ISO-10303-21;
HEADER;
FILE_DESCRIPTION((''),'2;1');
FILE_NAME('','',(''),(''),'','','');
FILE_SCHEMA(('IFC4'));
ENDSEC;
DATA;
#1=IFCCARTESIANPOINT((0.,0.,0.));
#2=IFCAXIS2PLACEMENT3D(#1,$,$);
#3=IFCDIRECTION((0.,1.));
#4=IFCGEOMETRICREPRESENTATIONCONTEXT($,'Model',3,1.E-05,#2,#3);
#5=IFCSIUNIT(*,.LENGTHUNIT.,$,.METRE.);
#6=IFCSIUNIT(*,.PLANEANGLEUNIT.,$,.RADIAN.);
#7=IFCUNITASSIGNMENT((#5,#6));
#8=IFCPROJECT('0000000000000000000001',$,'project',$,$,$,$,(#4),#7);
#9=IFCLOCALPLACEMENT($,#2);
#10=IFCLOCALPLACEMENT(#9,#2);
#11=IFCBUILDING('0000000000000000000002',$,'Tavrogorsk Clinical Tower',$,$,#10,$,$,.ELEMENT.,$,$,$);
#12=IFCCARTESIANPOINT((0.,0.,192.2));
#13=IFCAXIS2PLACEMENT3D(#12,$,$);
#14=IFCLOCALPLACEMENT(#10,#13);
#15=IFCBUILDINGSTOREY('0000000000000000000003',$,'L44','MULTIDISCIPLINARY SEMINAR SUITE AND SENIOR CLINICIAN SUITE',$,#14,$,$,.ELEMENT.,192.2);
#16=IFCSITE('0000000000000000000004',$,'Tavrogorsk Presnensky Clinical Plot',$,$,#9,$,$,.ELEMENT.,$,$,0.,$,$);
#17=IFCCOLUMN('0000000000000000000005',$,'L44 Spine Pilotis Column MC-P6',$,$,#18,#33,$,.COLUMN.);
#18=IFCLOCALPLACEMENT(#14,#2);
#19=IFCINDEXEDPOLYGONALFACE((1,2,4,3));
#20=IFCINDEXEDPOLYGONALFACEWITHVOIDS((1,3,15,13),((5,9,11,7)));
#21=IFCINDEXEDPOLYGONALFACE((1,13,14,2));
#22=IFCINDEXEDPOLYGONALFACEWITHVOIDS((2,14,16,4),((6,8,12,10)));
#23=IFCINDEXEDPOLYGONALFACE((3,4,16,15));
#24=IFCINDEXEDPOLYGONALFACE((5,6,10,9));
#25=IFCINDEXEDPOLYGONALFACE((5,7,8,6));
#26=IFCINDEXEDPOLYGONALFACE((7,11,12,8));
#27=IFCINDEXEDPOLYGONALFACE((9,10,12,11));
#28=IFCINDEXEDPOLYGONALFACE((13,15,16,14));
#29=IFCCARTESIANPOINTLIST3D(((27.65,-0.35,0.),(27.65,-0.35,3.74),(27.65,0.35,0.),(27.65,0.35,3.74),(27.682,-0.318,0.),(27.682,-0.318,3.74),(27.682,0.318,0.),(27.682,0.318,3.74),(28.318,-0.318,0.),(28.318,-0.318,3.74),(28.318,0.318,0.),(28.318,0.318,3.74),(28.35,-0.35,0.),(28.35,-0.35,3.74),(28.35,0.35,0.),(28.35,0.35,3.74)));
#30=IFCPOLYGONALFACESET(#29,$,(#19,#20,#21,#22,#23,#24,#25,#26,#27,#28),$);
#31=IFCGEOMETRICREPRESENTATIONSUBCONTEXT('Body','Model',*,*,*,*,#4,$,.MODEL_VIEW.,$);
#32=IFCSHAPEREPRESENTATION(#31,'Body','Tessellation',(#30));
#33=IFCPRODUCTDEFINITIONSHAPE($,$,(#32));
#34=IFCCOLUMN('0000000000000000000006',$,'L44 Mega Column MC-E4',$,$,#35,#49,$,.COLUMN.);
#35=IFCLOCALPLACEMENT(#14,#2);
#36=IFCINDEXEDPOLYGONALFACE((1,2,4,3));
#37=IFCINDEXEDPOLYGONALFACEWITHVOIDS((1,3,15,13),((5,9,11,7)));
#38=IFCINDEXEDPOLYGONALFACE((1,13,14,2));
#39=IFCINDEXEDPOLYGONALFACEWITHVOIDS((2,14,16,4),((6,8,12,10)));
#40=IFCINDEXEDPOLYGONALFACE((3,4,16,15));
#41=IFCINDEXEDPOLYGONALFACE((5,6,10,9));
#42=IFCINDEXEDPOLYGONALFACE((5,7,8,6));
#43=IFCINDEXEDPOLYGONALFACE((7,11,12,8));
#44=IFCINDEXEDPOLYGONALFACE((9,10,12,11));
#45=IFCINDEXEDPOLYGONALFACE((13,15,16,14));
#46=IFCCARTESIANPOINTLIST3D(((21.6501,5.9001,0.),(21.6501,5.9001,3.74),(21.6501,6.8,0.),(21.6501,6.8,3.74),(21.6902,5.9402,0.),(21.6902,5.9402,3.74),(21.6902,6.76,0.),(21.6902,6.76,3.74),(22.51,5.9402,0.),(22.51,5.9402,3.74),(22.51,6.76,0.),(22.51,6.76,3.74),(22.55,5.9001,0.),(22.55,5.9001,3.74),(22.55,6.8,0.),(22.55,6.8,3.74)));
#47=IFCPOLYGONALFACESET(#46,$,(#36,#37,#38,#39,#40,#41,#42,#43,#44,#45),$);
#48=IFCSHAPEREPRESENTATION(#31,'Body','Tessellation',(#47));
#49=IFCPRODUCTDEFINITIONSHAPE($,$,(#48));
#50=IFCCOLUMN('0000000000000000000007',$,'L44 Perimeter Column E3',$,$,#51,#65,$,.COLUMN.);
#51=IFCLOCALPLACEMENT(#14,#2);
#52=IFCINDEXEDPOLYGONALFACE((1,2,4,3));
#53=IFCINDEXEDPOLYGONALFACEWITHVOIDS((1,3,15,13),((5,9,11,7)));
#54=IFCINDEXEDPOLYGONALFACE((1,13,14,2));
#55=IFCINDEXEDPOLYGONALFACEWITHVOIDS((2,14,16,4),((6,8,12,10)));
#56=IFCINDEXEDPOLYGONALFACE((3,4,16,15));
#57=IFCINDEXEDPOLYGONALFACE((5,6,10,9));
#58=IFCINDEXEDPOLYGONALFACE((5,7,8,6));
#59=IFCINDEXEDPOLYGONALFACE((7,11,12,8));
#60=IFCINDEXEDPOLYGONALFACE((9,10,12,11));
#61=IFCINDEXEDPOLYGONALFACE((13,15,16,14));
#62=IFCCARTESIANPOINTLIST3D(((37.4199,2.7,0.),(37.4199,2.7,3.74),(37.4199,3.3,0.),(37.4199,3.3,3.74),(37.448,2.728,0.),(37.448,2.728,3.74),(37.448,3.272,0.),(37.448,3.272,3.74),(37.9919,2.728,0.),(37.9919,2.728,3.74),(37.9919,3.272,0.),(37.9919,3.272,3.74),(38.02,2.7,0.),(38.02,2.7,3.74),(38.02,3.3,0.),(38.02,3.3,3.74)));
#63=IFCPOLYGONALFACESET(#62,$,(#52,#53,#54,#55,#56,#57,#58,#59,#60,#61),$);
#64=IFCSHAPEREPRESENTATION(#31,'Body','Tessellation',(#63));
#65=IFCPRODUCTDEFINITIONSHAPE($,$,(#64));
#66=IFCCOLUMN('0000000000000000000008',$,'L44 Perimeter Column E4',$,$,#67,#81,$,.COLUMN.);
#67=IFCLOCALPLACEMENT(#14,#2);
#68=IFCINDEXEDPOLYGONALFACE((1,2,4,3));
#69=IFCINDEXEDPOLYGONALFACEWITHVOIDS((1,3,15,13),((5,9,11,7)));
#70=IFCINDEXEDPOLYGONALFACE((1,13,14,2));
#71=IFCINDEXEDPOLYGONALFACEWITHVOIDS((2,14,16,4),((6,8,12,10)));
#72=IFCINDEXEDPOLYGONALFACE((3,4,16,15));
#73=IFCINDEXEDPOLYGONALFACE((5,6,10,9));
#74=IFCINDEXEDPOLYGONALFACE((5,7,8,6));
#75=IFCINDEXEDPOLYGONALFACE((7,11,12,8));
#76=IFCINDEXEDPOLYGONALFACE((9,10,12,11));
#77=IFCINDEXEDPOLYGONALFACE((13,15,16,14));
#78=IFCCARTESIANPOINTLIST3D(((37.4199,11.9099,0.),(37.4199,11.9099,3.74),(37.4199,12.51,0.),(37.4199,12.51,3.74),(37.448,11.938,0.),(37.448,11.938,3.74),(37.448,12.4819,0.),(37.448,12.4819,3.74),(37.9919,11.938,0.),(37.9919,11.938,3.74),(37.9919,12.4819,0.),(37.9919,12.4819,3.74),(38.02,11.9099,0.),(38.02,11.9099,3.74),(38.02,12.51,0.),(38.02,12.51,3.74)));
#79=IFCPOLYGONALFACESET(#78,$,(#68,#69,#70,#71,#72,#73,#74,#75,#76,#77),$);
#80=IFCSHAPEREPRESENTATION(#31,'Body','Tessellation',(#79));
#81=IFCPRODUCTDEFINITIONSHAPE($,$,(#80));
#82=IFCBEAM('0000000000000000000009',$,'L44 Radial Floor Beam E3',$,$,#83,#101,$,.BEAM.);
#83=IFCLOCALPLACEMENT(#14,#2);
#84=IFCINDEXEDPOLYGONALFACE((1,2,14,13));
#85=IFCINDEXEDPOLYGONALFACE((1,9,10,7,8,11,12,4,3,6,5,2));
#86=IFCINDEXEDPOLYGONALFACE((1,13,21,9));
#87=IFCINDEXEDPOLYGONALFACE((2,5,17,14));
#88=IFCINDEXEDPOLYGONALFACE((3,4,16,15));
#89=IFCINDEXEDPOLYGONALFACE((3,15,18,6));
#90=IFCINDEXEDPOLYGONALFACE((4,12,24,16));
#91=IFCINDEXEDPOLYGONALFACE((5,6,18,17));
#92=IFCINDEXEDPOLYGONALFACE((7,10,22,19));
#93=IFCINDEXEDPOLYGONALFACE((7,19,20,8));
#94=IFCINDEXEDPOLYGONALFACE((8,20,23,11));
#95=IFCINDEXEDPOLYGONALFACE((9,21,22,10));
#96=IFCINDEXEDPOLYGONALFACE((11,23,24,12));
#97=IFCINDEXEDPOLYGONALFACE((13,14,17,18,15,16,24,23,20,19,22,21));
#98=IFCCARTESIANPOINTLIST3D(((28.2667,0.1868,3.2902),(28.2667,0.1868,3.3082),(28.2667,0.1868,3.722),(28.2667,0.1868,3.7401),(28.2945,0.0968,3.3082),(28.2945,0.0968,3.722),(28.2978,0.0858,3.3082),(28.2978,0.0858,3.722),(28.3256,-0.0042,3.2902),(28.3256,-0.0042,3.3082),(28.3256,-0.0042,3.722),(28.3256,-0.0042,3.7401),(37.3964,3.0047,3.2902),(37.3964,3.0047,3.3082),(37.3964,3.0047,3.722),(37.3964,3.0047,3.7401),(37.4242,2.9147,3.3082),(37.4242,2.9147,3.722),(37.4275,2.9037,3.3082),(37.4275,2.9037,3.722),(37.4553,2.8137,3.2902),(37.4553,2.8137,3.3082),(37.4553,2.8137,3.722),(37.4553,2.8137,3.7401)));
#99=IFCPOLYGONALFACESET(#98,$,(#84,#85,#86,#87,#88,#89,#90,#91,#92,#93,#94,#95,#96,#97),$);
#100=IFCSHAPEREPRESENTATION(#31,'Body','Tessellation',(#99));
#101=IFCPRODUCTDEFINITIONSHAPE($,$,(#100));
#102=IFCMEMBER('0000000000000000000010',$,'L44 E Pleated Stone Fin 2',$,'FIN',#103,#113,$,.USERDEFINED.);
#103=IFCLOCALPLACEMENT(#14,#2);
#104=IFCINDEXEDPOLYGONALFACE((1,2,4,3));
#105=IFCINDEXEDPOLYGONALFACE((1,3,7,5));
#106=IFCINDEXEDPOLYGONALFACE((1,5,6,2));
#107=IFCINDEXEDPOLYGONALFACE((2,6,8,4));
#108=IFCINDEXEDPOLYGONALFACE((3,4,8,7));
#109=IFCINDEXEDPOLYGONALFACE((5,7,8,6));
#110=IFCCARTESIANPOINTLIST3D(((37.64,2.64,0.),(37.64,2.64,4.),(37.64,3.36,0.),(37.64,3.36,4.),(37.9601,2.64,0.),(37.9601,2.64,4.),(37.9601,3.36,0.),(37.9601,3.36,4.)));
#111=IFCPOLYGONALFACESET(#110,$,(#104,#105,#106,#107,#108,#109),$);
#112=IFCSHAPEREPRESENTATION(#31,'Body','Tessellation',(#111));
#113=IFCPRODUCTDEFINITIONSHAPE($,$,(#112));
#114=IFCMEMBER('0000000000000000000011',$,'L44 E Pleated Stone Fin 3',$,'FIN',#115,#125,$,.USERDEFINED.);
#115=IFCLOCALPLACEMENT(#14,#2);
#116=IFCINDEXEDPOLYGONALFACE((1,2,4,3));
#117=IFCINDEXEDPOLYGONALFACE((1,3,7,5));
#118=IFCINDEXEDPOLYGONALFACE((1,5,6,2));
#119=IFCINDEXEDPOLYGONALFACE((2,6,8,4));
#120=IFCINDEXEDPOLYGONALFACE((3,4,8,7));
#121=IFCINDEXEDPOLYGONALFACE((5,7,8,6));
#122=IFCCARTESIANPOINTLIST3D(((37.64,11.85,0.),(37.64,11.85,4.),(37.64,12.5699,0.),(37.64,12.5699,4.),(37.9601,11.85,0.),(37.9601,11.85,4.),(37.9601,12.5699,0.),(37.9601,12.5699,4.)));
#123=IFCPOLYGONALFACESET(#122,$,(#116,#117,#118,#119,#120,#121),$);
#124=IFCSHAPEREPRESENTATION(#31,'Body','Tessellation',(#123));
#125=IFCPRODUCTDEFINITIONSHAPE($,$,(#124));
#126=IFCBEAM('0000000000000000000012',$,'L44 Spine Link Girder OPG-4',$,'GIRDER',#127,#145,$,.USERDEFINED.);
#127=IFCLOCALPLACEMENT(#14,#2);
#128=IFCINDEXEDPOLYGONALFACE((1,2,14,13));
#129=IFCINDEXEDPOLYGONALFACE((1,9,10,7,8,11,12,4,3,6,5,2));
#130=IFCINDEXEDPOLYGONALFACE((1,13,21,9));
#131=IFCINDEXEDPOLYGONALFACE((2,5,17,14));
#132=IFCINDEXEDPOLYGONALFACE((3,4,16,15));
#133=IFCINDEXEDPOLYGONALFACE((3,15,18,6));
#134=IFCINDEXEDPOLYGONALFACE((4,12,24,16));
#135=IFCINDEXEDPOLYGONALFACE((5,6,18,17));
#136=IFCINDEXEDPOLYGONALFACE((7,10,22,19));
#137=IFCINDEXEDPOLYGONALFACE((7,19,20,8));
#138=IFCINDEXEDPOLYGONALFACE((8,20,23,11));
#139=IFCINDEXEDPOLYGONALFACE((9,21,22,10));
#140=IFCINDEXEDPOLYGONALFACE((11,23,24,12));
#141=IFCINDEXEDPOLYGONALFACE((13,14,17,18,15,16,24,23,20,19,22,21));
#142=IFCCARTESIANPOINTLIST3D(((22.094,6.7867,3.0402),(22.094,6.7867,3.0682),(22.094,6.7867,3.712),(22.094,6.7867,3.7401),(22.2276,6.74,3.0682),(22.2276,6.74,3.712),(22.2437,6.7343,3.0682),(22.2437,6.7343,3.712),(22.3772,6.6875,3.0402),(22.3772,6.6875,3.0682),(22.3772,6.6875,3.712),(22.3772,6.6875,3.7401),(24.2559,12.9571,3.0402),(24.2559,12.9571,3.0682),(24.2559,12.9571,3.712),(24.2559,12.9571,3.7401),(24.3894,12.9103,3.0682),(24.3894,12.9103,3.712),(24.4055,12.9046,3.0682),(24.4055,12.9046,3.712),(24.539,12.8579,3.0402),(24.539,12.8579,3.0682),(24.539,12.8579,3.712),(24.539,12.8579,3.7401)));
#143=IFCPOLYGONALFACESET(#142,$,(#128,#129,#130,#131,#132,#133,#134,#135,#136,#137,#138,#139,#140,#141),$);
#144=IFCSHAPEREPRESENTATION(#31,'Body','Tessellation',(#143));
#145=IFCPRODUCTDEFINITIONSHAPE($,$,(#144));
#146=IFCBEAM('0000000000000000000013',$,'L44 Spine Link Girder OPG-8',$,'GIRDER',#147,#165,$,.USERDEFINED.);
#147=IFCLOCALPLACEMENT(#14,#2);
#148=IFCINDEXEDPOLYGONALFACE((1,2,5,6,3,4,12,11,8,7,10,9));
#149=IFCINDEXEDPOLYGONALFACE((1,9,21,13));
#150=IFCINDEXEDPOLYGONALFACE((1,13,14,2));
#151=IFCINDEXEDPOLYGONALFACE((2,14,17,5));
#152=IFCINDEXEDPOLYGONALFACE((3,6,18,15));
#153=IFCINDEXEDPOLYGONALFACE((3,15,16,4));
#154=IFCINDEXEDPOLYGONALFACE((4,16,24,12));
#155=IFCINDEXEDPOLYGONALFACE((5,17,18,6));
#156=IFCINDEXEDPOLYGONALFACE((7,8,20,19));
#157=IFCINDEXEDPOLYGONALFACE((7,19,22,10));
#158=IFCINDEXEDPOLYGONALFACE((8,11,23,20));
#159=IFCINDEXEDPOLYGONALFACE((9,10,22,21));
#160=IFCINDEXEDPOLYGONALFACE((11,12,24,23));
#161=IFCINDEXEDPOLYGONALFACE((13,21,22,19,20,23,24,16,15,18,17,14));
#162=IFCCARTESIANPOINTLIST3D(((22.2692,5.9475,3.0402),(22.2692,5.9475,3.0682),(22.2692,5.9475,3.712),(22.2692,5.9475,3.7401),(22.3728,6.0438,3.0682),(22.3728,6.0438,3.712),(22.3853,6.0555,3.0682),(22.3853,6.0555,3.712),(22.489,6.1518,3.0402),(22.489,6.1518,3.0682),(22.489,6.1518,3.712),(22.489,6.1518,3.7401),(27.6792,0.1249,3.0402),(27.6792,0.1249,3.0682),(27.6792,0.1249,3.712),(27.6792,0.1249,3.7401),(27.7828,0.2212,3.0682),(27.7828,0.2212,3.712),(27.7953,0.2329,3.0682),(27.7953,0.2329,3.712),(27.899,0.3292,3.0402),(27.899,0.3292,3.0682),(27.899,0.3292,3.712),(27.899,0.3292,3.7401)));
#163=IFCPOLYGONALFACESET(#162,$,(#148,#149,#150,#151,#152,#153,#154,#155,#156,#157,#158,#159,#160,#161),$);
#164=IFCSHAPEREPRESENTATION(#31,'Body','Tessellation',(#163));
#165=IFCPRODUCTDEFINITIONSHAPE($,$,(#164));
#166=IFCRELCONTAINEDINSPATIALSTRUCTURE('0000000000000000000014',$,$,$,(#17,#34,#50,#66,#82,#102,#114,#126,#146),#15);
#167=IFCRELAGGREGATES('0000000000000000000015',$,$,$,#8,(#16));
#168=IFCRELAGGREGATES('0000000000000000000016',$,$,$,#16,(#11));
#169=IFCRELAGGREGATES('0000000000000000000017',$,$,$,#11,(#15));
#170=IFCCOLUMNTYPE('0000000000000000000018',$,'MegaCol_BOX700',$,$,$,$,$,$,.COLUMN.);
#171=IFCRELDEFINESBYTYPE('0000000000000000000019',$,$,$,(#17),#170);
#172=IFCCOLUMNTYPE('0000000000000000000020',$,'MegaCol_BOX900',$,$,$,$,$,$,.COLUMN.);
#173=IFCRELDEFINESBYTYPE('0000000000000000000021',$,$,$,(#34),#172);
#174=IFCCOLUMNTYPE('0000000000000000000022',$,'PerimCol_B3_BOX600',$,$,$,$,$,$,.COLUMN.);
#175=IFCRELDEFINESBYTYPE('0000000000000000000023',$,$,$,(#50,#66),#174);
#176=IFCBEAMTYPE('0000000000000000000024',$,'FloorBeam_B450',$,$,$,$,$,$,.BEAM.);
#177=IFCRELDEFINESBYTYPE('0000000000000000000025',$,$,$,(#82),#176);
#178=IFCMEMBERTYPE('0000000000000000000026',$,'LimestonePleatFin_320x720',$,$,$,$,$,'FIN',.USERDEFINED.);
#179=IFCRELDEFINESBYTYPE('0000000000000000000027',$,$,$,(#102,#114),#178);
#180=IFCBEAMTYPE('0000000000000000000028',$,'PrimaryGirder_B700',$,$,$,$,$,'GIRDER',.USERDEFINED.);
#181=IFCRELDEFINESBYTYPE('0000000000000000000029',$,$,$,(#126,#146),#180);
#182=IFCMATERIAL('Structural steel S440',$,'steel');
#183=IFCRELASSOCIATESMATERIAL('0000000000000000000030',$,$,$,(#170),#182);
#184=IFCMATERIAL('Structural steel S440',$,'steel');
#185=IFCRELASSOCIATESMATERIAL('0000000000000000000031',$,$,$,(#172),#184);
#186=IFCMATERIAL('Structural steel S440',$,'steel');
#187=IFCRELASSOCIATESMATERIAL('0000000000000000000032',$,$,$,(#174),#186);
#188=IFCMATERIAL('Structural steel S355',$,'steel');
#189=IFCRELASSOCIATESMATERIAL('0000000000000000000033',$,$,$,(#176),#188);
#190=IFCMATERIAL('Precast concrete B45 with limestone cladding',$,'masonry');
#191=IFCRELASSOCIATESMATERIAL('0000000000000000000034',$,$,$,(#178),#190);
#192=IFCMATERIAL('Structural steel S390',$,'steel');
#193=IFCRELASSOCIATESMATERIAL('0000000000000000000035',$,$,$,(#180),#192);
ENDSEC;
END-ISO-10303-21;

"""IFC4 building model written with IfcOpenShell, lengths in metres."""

from ifc_helpers import new_model, si_unit, direction, frame, origin, origin_2d, place, context, subcontext, project, spatial, rectangle, hollow_rectangle, i_section, extrude, material, material_profile, profile_set, type_object, element, save


model = new_model("IFC4")

# Units and contexts
model_context = context("Model", 3, precision=1e-05, world=origin(), true_north=direction((0.0, 1.0)))
body_context = subcontext(model_context, "Body", "Model", "MODEL_VIEW")
ifc_project = project(units=[si_unit("LENGTHUNIT", "METRE"), si_unit("PLANEANGLEUNIT", "RADIAN")], contexts=[model_context])

# Site, building, storey
site_placement = place(None, origin())
site = spatial("IfcSite", under=ifc_project, at=site_placement, Name="Tavrogorsk Presnensky Clinical Plot", CompositionType="ELEMENT", RefElevation=0.0)
building_placement = place(site_placement, origin())
building = spatial("IfcBuilding", under=site, at=building_placement, Name="Tavrogorsk Clinical Tower", CompositionType="ELEMENT")
storey_placement = place(building_placement, frame((0.0, 0.0, 192.2)))
storey = spatial("IfcBuildingStorey", under=building, at=storey_placement, Name="L44", Description="MULTIDISCIPLINARY SEMINAR SUITE AND SENIOR CLINICIAN SUITE", CompositionType="ELEMENT", Elevation=192.2)

# Columns
ifc_material_1 = material(Name="Structural steel S440", Category="steel")
ifc_material_profile_1 = material_profile(ifc_material_1, hollow_rectangle(XDim=0.7, YDim=0.7, WallThickness=0.032, at=origin_2d()), Name="BOX-700x700x32")
ifc_profile_set_1 = profile_set([ifc_material_profile_1], Name="Structural steel S440")
column_type_1 = type_object("IfcColumnType", Name="MegaCol_BOX700", PredefinedType="COLUMN", material=ifc_profile_set_1)
column_1_placement = place(storey_placement, frame((28.0, 0.0, 0.0), z_axis=(0.0, 0.0, 1.0), x_axis=(1.0, 0.0, 0.0)))
element("IfcColumn", 1, at=column_1_placement, inside=storey, type_object=column_type_1, Name="L44 Spine Pilotis Column MC-P6", PredefinedType="COLUMN", context=body_context, shape_type="SweptSolid", body=[
    extrude(hollow_rectangle(XDim=0.7, YDim=0.7, WallThickness=0.032, at=origin_2d()), origin(), (0.0, 0.0, 1.0), 3.74),
])
ifc_material_2 = material(Name="Structural steel S440", Category="steel")
ifc_material_profile_2 = material_profile(ifc_material_2, hollow_rectangle(XDim=0.8999, YDim=0.8999, WallThickness=0.04, at=origin_2d()), Name="BOX-900x900x40")
ifc_profile_set_2 = profile_set([ifc_material_profile_2], Name="Structural steel S440")
column_type_2 = type_object("IfcColumnType", Name="MegaCol_BOX900", PredefinedType="COLUMN", material=ifc_profile_set_2)
column_2_placement = place(storey_placement, frame((22.1001, 6.3501, 0.0), z_axis=(0.0, 0.0, 1.0), x_axis=(1.0, 0.0, 0.0)))
element("IfcColumn", 2, at=column_2_placement, inside=storey, type_object=column_type_2, Name="L44 Mega Column MC-E4", PredefinedType="COLUMN", context=body_context, shape_type="SweptSolid", body=[
    extrude(hollow_rectangle(XDim=0.8999, YDim=0.8999, WallThickness=0.04, at=origin_2d()), origin(), (0.0, 0.0, 1.0), 3.74),
])
ifc_material_3 = material(Name="Structural steel S440", Category="steel")
ifc_material_profile_3 = material_profile(ifc_material_3, hollow_rectangle(XDim=0.6001, YDim=0.6001, WallThickness=0.0281, at=origin_2d()), Name="BOX-600x600x28")
ifc_profile_set_3 = profile_set([ifc_material_profile_3], Name="Structural steel S440")
column_type_3 = type_object("IfcColumnType", Name="PerimCol_B3_BOX600", PredefinedType="COLUMN", material=ifc_profile_set_3)
for number, where, z_axis, x_axis, name in (
    (3, (37.72, 3.0, 0.0), (0.0, 0.0, 1.0), (1.0, 0.0, 0.0), "L44 Perimeter Column E3"),
    (4, (37.72, 12.21, 0.0), (0.0, 0.0, 1.0), (1.0, 0.0, 0.0), "L44 Perimeter Column E4"),
):
    element("IfcColumn", number, at=place(storey_placement, frame(where, z_axis=z_axis, x_axis=x_axis)), inside=storey, type_object=column_type_3, Name=name, PredefinedType="COLUMN", context=body_context, shape_type="SweptSolid", body=[
        extrude(hollow_rectangle(XDim=0.6001, YDim=0.6001, WallThickness=0.0281, at=origin_2d()), origin(), (0.0, 0.0, 1.0), 3.74),
    ])

# Beam
ifc_material_4 = material(Name="Structural steel S355", Category="steel")
ifc_material_profile_4 = material_profile(ifc_material_4, i_section(OverallWidth=0.2, OverallDepth=0.45, WebThickness=0.0115, FlangeThickness=0.0181, at=origin_2d()), Name="B-450x200x11.5x18")
ifc_profile_set_4 = profile_set([ifc_material_profile_4], Name="Structural steel S355")
beam_type_1 = type_object("IfcBeamType", Name="FloorBeam_B450", PredefinedType="BEAM", material=ifc_profile_set_4)
beam_1_placement = place(storey_placement, frame((28.2961, 0.0913, 3.5151), z_axis=(0.955521, 0.294922, 0.0), x_axis=(-0.294922, 0.955521, 0.0)))
element("IfcBeam", 5, at=beam_1_placement, inside=storey, type_object=beam_type_1, Name="L44 Radial Floor Beam E3", PredefinedType="BEAM", context=body_context, shape_type="SweptSolid", body=[
    extrude(i_section(OverallWidth=0.2, OverallDepth=0.45, WebThickness=0.0115, FlangeThickness=0.0181, at=origin_2d()), origin(), (0.0, 0.0, 1.0), 9.5547),
])

# Members
ifc_material_5 = material(Name="Precast concrete B45 with limestone cladding", Category="masonry")
ifc_material_profile_5 = material_profile(ifc_material_5, rectangle(XDim=0.3201, YDim=0.72, at=origin_2d()), Name="LIMESTONE-FIN-320x720")
ifc_profile_set_5 = profile_set([ifc_material_profile_5], Name="Precast concrete B45 with limestone cladding")
member_type = type_object("IfcMemberType", Name="LimestonePleatFin_320x720", ElementType="FIN", PredefinedType="USERDEFINED", material=ifc_profile_set_5)
for number, where, z_axis, x_axis, name in (
    (6, (37.8, 3.0, 0.0), (0.0, 0.0, 1.0), (1.0, 0.0, 0.0), "L44 E Pleated Stone Fin 2"),
    (7, (37.8, 12.21, 0.0), (0.0, 0.0, 1.0), (1.0, 0.0, 0.0), "L44 E Pleated Stone Fin 3"),
):
    element("IfcMember", number, at=place(storey_placement, frame(where, z_axis=z_axis, x_axis=x_axis)), inside=storey, type_object=member_type, Name=name, ObjectType="FIN", PredefinedType="USERDEFINED", context=body_context, shape_type="SweptSolid", body=[
        extrude(rectangle(XDim=0.3201, YDim=0.72, at=origin_2d()), origin(), (0.0, 0.0, 1.0), 4.0),
    ])

# Beams
ifc_material_6 = material(Name="Structural steel S390", Category="steel")
ifc_material_profile_6 = material_profile(ifc_material_6, i_section(OverallWidth=0.3, OverallDepth=0.7, WebThickness=0.0171, FlangeThickness=0.0281, at=origin_2d()), Name="B-700x300x17x28")
ifc_profile_set_6 = profile_set([ifc_material_profile_6], Name="Structural steel S390")
beam_type_2 = type_object("IfcBeamType", Name="PrimaryGirder_B700", ElementType="GIRDER", PredefinedType="USERDEFINED", material=ifc_profile_set_6)
beam_2_placement = place(storey_placement, frame((24.3975, 12.9075, 3.3901), z_axis=(-0.330653, -0.943752, 0.0), x_axis=(0.943752, -0.330653, 0.0)))
element("IfcBeam", 8, at=beam_2_placement, inside=storey, type_object=beam_type_2, Name="L44 Spine Link Girder OPG-4", ObjectType="GIRDER", PredefinedType="USERDEFINED", context=body_context, shape_type="SweptSolid", body=[
    extrude(i_section(OverallWidth=0.3, OverallDepth=0.7, WebThickness=0.0171, FlangeThickness=0.0281, at=origin_2d()), origin(), (0.0, 0.0, 1.0), 6.5381),
])
beam_3_placement = place(storey_placement, frame((27.7891, 0.2271, 3.3901), z_axis=(-0.680674, 0.732587, 0.0), x_axis=(-0.732587, -0.680674, 0.0)))
element("IfcBeam", 9, at=beam_3_placement, inside=storey, type_object=beam_type_2, Name="L44 Spine Link Girder OPG-8", ObjectType="GIRDER", PredefinedType="USERDEFINED", context=body_context, shape_type="SweptSolid", body=[
    extrude(i_section(OverallWidth=0.3, OverallDepth=0.7, WebThickness=0.0171, FlangeThickness=0.0281, at=origin_2d()), origin(), (0.0, 0.0, 1.0), 7.948),
])

save(model, "model.ifc")
